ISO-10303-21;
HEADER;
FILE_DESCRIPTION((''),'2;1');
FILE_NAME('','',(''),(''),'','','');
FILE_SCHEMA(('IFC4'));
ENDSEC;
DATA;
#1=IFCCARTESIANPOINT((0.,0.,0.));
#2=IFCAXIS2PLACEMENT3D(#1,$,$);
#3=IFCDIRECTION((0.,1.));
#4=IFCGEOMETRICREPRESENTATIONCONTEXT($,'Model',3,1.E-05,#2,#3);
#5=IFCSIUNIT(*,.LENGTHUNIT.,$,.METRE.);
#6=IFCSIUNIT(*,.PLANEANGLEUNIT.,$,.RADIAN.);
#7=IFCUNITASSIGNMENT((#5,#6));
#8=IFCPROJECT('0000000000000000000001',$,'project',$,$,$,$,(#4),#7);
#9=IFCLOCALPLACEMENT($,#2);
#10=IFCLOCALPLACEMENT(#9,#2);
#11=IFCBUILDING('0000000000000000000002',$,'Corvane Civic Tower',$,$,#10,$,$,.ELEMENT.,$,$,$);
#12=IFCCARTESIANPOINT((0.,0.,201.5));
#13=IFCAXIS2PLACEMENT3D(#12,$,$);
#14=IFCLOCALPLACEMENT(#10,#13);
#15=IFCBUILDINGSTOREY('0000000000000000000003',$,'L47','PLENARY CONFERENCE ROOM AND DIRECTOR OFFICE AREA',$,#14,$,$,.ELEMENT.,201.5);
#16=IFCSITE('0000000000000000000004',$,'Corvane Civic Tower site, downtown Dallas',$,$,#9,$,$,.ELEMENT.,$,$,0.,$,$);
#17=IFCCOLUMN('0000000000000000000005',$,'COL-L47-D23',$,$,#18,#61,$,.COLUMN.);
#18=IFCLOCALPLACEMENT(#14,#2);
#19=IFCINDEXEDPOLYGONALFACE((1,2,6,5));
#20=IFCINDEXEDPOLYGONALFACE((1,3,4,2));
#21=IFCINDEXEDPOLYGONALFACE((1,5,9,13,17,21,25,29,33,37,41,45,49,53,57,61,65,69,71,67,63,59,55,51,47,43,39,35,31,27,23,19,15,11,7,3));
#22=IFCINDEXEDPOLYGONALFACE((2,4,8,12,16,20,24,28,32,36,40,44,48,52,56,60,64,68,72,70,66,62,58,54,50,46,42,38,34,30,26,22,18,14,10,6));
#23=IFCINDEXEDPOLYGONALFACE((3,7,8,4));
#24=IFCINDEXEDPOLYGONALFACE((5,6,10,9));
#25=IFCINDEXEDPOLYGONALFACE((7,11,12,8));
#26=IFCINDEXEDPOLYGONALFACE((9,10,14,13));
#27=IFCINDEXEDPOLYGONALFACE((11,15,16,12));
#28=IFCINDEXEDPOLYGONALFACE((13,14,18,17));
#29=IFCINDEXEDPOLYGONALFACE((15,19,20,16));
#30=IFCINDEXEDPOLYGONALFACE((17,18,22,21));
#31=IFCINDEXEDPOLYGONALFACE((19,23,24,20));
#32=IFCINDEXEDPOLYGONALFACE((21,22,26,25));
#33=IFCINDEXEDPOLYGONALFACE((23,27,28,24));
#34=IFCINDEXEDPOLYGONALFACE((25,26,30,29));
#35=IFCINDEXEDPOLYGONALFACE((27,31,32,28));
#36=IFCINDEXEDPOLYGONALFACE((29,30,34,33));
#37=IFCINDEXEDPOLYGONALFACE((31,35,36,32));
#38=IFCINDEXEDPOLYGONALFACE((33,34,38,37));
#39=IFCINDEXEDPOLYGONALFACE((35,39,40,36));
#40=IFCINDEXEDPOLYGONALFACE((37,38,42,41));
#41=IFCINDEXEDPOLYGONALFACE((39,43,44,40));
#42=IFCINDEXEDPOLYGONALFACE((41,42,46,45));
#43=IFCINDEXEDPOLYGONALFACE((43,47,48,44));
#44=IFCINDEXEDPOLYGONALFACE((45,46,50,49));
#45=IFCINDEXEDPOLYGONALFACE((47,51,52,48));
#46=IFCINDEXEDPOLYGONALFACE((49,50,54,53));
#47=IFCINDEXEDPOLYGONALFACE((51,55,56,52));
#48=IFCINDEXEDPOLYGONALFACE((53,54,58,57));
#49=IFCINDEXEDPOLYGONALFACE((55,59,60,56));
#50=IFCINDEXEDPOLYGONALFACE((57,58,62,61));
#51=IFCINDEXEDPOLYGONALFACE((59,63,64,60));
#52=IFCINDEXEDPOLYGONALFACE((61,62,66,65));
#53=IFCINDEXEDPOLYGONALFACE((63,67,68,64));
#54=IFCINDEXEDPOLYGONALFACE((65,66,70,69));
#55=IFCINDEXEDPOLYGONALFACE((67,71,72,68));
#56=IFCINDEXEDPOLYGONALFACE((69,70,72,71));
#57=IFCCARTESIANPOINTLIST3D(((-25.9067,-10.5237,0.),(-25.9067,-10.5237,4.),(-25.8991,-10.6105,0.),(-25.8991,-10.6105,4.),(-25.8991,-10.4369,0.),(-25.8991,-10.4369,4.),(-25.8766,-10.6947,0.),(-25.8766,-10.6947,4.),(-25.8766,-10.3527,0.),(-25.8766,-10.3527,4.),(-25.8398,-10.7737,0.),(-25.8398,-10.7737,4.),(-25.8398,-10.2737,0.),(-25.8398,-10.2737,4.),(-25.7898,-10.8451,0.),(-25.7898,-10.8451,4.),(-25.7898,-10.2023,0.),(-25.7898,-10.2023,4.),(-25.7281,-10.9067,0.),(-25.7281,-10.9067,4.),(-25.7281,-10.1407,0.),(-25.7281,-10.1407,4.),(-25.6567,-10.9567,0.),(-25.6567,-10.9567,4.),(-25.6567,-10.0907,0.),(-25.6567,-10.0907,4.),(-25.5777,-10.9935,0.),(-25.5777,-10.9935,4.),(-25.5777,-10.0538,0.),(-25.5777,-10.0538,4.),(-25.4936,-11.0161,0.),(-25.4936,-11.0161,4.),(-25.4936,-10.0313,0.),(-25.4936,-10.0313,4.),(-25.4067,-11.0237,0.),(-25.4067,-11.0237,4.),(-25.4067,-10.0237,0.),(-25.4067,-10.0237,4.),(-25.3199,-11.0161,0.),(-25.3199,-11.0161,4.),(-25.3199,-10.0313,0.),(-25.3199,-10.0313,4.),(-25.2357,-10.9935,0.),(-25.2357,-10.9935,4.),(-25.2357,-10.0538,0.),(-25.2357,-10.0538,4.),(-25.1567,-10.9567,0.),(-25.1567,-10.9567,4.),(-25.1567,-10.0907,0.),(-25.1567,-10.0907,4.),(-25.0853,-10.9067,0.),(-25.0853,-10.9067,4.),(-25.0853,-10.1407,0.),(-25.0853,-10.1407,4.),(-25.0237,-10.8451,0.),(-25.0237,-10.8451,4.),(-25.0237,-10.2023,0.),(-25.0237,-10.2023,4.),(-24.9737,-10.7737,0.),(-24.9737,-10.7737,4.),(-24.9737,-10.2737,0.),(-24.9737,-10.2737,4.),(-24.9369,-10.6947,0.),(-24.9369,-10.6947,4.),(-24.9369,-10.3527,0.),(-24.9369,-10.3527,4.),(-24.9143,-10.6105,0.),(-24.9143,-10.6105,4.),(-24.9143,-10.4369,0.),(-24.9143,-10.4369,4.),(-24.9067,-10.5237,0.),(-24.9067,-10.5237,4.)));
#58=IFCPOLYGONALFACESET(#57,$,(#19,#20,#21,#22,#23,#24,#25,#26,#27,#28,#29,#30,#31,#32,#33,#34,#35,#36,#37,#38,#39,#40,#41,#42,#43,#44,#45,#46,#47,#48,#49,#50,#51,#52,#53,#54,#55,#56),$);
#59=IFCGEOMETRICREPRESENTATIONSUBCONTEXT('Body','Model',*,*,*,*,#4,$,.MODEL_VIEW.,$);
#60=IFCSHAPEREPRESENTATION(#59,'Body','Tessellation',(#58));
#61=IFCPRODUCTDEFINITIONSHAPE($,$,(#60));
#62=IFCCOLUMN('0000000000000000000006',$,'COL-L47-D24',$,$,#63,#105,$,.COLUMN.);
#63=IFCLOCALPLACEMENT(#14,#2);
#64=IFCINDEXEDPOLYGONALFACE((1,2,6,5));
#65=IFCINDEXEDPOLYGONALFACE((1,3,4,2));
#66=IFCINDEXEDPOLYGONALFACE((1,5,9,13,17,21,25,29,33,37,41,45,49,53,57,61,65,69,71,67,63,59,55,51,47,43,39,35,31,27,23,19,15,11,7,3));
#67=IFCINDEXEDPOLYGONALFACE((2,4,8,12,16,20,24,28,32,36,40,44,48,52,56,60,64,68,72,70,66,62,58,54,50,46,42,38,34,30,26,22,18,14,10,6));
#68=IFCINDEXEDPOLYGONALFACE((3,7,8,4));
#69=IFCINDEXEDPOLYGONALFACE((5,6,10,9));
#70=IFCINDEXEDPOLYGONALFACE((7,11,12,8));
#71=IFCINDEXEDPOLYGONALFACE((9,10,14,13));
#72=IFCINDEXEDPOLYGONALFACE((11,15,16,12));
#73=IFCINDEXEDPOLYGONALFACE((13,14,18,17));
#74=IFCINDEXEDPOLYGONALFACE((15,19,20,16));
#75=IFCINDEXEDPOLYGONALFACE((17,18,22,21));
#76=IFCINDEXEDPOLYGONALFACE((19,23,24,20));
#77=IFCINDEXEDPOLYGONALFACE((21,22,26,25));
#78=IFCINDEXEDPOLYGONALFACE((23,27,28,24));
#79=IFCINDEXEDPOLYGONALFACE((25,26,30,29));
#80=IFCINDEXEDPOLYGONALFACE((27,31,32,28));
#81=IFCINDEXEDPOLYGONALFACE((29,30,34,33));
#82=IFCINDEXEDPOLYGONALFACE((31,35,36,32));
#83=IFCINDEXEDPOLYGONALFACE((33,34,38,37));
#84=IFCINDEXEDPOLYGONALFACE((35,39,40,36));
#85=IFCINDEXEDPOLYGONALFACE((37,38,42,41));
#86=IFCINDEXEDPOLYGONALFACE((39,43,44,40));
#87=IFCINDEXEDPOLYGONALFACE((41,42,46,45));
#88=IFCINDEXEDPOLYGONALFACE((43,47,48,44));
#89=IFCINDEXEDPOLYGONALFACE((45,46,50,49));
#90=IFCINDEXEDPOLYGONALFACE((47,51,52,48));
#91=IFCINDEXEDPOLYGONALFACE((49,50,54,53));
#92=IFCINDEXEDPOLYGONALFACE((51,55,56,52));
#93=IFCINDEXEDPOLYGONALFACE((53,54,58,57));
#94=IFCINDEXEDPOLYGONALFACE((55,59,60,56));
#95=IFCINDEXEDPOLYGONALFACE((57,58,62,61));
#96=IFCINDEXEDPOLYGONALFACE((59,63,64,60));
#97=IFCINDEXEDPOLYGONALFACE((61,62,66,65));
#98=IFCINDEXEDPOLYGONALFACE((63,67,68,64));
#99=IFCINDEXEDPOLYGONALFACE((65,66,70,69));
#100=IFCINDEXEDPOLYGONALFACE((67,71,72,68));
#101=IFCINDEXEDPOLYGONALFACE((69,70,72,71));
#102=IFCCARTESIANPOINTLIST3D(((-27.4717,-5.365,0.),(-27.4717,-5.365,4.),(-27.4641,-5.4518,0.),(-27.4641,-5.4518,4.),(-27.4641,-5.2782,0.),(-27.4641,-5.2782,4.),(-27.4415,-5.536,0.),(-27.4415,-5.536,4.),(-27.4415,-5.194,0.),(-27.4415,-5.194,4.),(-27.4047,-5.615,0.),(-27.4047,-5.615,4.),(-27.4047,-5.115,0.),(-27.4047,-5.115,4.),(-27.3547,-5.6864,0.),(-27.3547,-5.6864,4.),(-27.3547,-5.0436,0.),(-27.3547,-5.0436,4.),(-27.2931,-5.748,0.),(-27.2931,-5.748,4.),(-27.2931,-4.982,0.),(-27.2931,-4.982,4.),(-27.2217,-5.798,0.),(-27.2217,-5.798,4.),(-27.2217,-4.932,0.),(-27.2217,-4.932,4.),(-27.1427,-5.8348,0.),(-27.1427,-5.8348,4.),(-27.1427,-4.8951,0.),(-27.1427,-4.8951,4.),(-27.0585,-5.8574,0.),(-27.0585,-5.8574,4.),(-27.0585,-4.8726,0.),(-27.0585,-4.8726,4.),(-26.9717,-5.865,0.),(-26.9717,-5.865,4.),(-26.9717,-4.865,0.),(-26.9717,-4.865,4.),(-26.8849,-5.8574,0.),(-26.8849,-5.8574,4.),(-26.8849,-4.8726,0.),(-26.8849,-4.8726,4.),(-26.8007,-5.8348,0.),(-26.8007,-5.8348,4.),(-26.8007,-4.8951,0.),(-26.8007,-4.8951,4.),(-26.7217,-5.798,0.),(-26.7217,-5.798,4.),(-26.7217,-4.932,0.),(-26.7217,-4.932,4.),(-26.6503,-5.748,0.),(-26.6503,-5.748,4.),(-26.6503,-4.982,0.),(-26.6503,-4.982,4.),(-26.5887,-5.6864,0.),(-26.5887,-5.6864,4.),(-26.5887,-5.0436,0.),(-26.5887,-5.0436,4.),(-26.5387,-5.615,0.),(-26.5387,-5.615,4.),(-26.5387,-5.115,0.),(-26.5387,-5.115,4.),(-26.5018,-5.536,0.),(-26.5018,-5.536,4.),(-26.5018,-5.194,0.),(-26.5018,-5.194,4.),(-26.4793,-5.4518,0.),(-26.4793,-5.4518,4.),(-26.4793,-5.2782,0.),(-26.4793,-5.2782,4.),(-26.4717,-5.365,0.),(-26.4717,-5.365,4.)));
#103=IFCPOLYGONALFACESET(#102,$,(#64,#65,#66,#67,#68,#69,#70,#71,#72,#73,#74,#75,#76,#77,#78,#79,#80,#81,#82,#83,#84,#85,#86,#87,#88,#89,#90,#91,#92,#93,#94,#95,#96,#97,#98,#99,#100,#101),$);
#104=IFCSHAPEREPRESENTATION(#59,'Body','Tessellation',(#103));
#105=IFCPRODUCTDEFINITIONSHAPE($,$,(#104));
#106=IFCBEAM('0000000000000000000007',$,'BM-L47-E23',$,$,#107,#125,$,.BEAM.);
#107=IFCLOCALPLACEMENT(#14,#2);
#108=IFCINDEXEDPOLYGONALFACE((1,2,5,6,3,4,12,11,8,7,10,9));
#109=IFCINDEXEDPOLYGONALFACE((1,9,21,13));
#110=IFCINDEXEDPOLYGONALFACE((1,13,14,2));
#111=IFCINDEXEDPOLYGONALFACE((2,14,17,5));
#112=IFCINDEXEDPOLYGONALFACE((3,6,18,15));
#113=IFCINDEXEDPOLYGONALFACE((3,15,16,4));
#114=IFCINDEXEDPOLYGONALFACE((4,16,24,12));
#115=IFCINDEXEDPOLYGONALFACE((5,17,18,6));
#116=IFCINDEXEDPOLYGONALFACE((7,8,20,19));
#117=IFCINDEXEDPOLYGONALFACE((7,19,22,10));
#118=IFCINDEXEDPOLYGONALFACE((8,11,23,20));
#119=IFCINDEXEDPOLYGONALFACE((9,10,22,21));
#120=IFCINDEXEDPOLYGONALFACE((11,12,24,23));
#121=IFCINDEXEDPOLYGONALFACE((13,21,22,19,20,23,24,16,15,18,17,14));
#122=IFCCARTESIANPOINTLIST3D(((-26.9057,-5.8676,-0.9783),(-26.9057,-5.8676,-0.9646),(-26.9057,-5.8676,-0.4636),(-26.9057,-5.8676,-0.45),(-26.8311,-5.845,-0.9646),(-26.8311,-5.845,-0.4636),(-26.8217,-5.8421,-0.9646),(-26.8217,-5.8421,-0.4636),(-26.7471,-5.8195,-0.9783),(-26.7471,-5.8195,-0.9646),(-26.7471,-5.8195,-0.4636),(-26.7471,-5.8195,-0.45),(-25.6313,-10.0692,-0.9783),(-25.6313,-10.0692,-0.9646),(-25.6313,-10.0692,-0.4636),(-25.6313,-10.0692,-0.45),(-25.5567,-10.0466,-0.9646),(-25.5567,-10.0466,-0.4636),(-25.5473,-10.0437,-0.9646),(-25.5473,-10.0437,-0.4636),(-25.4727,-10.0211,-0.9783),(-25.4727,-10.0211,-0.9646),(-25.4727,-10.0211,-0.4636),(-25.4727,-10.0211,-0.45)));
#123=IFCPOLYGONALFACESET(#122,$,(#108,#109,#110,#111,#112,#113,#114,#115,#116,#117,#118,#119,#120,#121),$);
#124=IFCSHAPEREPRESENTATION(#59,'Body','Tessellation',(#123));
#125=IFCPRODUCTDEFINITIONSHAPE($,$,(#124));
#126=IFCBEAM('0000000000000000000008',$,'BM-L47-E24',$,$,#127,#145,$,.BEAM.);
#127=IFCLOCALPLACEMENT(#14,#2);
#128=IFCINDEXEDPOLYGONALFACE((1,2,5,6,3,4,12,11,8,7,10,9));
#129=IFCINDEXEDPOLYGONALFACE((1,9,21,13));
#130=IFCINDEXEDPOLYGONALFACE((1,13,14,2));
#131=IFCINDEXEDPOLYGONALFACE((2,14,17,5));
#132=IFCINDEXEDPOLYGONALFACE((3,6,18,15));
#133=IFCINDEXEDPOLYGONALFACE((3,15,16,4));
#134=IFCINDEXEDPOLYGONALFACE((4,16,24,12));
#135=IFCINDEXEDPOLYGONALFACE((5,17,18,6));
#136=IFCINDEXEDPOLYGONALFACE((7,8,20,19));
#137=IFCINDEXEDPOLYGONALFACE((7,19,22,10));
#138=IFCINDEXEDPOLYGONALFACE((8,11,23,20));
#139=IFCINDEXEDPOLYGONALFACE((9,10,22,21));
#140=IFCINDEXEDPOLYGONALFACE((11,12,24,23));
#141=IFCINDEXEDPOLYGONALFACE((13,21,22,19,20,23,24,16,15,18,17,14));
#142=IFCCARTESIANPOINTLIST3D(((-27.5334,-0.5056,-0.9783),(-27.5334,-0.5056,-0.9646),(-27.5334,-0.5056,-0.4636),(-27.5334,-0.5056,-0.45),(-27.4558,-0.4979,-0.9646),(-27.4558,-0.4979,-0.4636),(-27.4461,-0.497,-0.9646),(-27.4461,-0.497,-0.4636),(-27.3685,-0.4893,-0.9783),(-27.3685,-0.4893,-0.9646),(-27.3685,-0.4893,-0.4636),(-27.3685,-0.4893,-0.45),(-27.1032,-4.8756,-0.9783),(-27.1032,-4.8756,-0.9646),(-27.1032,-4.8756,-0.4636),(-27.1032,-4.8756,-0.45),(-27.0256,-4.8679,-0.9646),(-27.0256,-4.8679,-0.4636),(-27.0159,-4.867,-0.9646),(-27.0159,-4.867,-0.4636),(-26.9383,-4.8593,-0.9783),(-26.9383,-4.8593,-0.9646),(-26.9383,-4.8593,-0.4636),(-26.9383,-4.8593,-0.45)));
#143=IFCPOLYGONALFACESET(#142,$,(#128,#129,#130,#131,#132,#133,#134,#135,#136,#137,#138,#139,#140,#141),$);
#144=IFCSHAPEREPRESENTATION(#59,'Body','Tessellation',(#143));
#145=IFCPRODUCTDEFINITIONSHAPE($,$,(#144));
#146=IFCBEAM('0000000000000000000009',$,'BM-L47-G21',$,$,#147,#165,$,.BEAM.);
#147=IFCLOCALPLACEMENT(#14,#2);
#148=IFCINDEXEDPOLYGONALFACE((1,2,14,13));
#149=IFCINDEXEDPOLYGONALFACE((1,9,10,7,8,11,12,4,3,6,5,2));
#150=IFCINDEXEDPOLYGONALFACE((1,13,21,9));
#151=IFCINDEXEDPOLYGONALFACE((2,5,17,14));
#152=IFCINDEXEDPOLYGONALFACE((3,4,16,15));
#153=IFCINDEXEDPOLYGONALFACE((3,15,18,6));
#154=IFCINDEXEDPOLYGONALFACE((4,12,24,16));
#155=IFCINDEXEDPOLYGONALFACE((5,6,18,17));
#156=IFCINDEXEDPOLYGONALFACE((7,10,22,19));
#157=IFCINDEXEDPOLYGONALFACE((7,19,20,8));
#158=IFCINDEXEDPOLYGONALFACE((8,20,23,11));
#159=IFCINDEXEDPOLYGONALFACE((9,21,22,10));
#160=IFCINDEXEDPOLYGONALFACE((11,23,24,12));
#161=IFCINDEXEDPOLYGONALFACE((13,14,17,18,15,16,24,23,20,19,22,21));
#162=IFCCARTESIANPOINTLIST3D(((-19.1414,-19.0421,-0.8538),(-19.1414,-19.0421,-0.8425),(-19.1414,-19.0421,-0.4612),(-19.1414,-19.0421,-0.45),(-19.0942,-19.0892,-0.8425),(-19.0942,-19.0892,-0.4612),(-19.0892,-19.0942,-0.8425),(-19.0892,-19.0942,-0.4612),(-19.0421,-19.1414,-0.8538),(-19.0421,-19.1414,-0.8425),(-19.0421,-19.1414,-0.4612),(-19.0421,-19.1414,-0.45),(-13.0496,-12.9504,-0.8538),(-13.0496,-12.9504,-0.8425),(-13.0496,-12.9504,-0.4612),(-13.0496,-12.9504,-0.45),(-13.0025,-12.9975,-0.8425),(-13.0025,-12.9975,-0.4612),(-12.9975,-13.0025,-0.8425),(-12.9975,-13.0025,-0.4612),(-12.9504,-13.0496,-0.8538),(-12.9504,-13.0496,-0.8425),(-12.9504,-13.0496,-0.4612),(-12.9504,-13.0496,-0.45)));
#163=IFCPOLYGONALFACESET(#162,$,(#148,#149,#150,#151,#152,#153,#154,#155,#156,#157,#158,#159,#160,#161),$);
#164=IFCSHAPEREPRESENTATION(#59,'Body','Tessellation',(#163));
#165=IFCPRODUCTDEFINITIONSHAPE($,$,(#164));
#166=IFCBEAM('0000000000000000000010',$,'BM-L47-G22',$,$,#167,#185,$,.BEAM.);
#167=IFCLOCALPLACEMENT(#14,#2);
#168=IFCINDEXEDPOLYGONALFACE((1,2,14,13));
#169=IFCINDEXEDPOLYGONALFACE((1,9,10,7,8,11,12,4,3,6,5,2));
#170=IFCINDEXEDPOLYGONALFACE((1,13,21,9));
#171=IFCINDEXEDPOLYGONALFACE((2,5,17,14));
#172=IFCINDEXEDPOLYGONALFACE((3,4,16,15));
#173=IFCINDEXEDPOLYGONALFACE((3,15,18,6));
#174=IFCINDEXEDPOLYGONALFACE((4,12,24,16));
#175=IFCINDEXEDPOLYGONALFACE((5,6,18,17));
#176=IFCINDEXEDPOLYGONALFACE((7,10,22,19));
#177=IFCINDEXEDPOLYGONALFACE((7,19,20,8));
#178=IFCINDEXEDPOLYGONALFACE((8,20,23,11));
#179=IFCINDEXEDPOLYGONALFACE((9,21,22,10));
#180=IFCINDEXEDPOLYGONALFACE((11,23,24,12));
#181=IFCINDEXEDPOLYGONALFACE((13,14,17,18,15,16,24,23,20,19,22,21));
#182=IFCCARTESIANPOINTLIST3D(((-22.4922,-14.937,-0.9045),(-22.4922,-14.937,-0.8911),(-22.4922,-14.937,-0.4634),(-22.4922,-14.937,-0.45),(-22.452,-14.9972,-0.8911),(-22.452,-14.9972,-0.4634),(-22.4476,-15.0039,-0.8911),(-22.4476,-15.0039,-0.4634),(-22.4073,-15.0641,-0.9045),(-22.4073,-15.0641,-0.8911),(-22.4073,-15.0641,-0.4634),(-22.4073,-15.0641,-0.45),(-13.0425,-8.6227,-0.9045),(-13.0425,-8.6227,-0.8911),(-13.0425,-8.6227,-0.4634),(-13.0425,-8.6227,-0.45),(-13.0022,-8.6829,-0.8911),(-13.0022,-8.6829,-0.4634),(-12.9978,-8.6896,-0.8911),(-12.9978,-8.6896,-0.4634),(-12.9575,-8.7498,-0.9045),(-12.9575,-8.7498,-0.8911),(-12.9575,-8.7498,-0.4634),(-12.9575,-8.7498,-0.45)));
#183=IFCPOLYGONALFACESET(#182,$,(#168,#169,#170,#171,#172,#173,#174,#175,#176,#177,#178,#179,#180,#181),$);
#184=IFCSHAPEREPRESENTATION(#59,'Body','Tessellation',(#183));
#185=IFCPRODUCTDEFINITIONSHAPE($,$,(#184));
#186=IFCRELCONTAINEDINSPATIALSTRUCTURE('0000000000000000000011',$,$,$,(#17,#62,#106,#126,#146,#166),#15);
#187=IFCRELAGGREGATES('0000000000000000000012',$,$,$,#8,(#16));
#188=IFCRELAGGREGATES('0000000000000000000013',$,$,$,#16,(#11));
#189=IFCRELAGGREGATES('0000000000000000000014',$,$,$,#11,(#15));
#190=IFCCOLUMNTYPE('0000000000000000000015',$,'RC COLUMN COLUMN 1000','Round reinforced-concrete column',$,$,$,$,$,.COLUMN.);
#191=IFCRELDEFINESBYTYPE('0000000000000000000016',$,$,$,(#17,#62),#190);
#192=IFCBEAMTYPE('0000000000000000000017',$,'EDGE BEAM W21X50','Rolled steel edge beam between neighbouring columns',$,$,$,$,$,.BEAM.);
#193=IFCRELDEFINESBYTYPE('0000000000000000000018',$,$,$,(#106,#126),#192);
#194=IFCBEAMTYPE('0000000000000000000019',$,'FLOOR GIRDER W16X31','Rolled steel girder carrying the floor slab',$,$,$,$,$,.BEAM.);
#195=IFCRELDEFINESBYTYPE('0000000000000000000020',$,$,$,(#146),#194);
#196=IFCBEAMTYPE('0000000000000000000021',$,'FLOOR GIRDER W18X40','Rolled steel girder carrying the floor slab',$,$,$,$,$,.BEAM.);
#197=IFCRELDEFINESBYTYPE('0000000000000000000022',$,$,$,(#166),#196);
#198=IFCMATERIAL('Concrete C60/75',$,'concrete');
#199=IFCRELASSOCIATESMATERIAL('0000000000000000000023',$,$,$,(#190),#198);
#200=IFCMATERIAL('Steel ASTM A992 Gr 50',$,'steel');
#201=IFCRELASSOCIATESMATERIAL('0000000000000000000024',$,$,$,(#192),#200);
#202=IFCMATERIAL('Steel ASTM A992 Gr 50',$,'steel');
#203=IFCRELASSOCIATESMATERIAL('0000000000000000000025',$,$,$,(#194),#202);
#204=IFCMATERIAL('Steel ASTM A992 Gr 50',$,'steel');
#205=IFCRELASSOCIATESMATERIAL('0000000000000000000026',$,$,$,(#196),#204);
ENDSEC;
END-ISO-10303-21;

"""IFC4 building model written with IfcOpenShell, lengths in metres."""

from ifc_helpers import new_model, si_unit, direction, frame, origin, origin_2d, place, context, subcontext, project, spatial, circle, i_section, extrude, material, material_profile, profile_set, type_object, element, save


model = new_model("IFC4")

# Units and contexts
model_context = context("Model", 3, precision=1e-05, world=origin(), true_north=direction((0.0, 1.0)))
body_context = subcontext(model_context, "Body", "Model", "MODEL_VIEW")
ifc_project = project(units=[si_unit("LENGTHUNIT", "METRE"), si_unit("PLANEANGLEUNIT", "RADIAN")], contexts=[model_context])

# Site, building, storey
site_placement = place(None, origin())
site = spatial("IfcSite", under=ifc_project, at=site_placement, Name="Corvane Civic Tower site, downtown Dallas", CompositionType="ELEMENT", RefElevation=0.0)
building_placement = place(site_placement, origin())
building = spatial("IfcBuilding", under=site, at=building_placement, Name="Corvane Civic Tower", CompositionType="ELEMENT")
storey_placement = place(building_placement, frame((0.0, 0.0, 201.5)))
storey = spatial("IfcBuildingStorey", under=building, at=storey_placement, Name="L47", Description="PLENARY CONFERENCE ROOM AND DIRECTOR OFFICE AREA", CompositionType="ELEMENT", Elevation=201.5)

# Columns
ifc_material_1 = material(Name="Concrete C60/75", Category="concrete")
ifc_material_profile_1 = material_profile(ifc_material_1, circle(Radius=0.5, at=origin_2d()), Name="COLUMN 1000")
ifc_profile_set_1 = profile_set([ifc_material_profile_1], Name="Concrete C60/75")
column_type = type_object("IfcColumnType", Name="RC COLUMN COLUMN 1000", Description="Round reinforced-concrete column", PredefinedType="COLUMN", material=ifc_profile_set_1)
for number, where, z_axis, x_axis, name in (
    (1, (-25.4067, -10.5237, 0.0), (0.0, 0.0, 1.0), (1.0, 0.0, 0.0), "COL-L47-D23"),
    (2, (-26.9717, -5.365, 0.0), (0.0, 0.0, 1.0), (1.0, 0.0, 0.0), "COL-L47-D24"),
):
    element("IfcColumn", number, at=place(storey_placement, frame(where, z_axis=z_axis, x_axis=x_axis)), inside=storey, type_object=column_type, Name=name, PredefinedType="COLUMN", context=body_context, shape_type="SweptSolid", body=[
        extrude(circle(Radius=0.5, at=origin_2d()), origin(), (0.0, 0.0, 1.0), 4.0),
    ])

# Beams
ifc_material_2 = material(Name="Steel ASTM A992 Gr 50", Category="steel")
ifc_material_profile_2 = material_profile(ifc_material_2, i_section(OverallWidth=0.1658, OverallDepth=0.5283, WebThickness=0.0098, FlangeThickness=0.0137, at=origin_2d()), Name="W21X50")
ifc_profile_set_2 = profile_set([ifc_material_profile_2], Name="Steel ASTM A992 Gr 50")
beam_type_1 = type_object("IfcBeamType", Name="EDGE BEAM W21X50", Description="Rolled steel edge beam between neighbouring columns", PredefinedType="BEAM", material=ifc_profile_set_2)
beam_1_placement = place(storey_placement, frame((-25.552, -10.0452, -0.7141), z_axis=(-0.290254, 0.95695, 0.0), x_axis=(-0.95695, -0.290254, 0.0)))
element("IfcBeam", 3, at=beam_1_placement, inside=storey, type_object=beam_type_1, Name="BM-L47-E23", PredefinedType="BEAM", context=body_context, shape_type="SweptSolid", body=[
    extrude(i_section(OverallWidth=0.1658, OverallDepth=0.5283, WebThickness=0.0098, FlangeThickness=0.0137, at=origin_2d()), origin(), (0.0, 0.0, 1.0), 4.3906),
])
beam_2_placement = place(storey_placement, frame((-27.0208, -4.8674, -0.7141), z_axis=(-0.097968, 0.99519, 0.0), x_axis=(-0.99519, -0.097968, 0.0)))
element("IfcBeam", 4, at=beam_2_placement, inside=storey, type_object=beam_type_1, Name="BM-L47-E24", PredefinedType="BEAM", context=body_context, shape_type="SweptSolid", body=[
    extrude(i_section(OverallWidth=0.1658, OverallDepth=0.5283, WebThickness=0.0098, FlangeThickness=0.0137, at=origin_2d()), origin(), (0.0, 0.0, 1.0), 4.3911),
])
ifc_material_3 = material(Name="Steel ASTM A992 Gr 50", Category="steel")
ifc_material_profile_3 = material_profile(ifc_material_3, i_section(OverallWidth=0.1404, OverallDepth=0.4038, WebThickness=0.0071, FlangeThickness=0.0112, at=origin_2d()), Name="W16X31")
ifc_profile_set_3 = profile_set([ifc_material_profile_3], Name="Steel ASTM A992 Gr 50")
beam_type_2 = type_object("IfcBeamType", Name="FLOOR GIRDER W16X31", Description="Rolled steel girder carrying the floor slab", PredefinedType="BEAM", material=ifc_profile_set_3)
beam_3_placement = place(storey_placement, frame((-13.0, -13.0, -0.6519), z_axis=(-0.707107, -0.707107, 0.0), x_axis=(0.707107, -0.707107, 0.0)))
element("IfcBeam", 5, at=beam_3_placement, inside=storey, type_object=beam_type_2, Name="BM-L47-G21", PredefinedType="BEAM", context=body_context, shape_type="SweptSolid", body=[
    extrude(i_section(OverallWidth=0.1404, OverallDepth=0.4038, WebThickness=0.0071, FlangeThickness=0.0112, at=origin_2d()), origin(), (0.0, 0.0, 1.0), 8.615),
])
ifc_material_4 = material(Name="Steel ASTM A992 Gr 50", Category="steel")
ifc_material_profile_4 = material_profile(ifc_material_4, i_section(OverallWidth=0.1528, OverallDepth=0.4546, WebThickness=0.0081, FlangeThickness=0.0134, at=origin_2d()), Name="W18X40")
ifc_profile_set_4 = profile_set([ifc_material_profile_4], Name="Steel ASTM A992 Gr 50")
beam_type_3 = type_object("IfcBeamType", Name="FLOOR GIRDER W18X40", Description="Rolled steel girder carrying the floor slab", PredefinedType="BEAM", material=ifc_profile_set_4)
beam_4_placement = place(storey_placement, frame((-13.0, -8.6863, -0.6772), z_axis=(-0.831465, -0.555577, 0.0), x_axis=(0.555577, -0.831465, 0.0)))
element("IfcBeam", 6, at=beam_4_placement, inside=storey, type_object=beam_type_3, Name="BM-L47-G22", PredefinedType="BEAM", context=body_context, shape_type="SweptSolid", body=[
    extrude(i_section(OverallWidth=0.1528, OverallDepth=0.4546, WebThickness=0.0081, FlangeThickness=0.0134, at=origin_2d()), origin(), (0.0, 0.0, 1.0), 11.3652),
])

save(model, "model.ifc")
